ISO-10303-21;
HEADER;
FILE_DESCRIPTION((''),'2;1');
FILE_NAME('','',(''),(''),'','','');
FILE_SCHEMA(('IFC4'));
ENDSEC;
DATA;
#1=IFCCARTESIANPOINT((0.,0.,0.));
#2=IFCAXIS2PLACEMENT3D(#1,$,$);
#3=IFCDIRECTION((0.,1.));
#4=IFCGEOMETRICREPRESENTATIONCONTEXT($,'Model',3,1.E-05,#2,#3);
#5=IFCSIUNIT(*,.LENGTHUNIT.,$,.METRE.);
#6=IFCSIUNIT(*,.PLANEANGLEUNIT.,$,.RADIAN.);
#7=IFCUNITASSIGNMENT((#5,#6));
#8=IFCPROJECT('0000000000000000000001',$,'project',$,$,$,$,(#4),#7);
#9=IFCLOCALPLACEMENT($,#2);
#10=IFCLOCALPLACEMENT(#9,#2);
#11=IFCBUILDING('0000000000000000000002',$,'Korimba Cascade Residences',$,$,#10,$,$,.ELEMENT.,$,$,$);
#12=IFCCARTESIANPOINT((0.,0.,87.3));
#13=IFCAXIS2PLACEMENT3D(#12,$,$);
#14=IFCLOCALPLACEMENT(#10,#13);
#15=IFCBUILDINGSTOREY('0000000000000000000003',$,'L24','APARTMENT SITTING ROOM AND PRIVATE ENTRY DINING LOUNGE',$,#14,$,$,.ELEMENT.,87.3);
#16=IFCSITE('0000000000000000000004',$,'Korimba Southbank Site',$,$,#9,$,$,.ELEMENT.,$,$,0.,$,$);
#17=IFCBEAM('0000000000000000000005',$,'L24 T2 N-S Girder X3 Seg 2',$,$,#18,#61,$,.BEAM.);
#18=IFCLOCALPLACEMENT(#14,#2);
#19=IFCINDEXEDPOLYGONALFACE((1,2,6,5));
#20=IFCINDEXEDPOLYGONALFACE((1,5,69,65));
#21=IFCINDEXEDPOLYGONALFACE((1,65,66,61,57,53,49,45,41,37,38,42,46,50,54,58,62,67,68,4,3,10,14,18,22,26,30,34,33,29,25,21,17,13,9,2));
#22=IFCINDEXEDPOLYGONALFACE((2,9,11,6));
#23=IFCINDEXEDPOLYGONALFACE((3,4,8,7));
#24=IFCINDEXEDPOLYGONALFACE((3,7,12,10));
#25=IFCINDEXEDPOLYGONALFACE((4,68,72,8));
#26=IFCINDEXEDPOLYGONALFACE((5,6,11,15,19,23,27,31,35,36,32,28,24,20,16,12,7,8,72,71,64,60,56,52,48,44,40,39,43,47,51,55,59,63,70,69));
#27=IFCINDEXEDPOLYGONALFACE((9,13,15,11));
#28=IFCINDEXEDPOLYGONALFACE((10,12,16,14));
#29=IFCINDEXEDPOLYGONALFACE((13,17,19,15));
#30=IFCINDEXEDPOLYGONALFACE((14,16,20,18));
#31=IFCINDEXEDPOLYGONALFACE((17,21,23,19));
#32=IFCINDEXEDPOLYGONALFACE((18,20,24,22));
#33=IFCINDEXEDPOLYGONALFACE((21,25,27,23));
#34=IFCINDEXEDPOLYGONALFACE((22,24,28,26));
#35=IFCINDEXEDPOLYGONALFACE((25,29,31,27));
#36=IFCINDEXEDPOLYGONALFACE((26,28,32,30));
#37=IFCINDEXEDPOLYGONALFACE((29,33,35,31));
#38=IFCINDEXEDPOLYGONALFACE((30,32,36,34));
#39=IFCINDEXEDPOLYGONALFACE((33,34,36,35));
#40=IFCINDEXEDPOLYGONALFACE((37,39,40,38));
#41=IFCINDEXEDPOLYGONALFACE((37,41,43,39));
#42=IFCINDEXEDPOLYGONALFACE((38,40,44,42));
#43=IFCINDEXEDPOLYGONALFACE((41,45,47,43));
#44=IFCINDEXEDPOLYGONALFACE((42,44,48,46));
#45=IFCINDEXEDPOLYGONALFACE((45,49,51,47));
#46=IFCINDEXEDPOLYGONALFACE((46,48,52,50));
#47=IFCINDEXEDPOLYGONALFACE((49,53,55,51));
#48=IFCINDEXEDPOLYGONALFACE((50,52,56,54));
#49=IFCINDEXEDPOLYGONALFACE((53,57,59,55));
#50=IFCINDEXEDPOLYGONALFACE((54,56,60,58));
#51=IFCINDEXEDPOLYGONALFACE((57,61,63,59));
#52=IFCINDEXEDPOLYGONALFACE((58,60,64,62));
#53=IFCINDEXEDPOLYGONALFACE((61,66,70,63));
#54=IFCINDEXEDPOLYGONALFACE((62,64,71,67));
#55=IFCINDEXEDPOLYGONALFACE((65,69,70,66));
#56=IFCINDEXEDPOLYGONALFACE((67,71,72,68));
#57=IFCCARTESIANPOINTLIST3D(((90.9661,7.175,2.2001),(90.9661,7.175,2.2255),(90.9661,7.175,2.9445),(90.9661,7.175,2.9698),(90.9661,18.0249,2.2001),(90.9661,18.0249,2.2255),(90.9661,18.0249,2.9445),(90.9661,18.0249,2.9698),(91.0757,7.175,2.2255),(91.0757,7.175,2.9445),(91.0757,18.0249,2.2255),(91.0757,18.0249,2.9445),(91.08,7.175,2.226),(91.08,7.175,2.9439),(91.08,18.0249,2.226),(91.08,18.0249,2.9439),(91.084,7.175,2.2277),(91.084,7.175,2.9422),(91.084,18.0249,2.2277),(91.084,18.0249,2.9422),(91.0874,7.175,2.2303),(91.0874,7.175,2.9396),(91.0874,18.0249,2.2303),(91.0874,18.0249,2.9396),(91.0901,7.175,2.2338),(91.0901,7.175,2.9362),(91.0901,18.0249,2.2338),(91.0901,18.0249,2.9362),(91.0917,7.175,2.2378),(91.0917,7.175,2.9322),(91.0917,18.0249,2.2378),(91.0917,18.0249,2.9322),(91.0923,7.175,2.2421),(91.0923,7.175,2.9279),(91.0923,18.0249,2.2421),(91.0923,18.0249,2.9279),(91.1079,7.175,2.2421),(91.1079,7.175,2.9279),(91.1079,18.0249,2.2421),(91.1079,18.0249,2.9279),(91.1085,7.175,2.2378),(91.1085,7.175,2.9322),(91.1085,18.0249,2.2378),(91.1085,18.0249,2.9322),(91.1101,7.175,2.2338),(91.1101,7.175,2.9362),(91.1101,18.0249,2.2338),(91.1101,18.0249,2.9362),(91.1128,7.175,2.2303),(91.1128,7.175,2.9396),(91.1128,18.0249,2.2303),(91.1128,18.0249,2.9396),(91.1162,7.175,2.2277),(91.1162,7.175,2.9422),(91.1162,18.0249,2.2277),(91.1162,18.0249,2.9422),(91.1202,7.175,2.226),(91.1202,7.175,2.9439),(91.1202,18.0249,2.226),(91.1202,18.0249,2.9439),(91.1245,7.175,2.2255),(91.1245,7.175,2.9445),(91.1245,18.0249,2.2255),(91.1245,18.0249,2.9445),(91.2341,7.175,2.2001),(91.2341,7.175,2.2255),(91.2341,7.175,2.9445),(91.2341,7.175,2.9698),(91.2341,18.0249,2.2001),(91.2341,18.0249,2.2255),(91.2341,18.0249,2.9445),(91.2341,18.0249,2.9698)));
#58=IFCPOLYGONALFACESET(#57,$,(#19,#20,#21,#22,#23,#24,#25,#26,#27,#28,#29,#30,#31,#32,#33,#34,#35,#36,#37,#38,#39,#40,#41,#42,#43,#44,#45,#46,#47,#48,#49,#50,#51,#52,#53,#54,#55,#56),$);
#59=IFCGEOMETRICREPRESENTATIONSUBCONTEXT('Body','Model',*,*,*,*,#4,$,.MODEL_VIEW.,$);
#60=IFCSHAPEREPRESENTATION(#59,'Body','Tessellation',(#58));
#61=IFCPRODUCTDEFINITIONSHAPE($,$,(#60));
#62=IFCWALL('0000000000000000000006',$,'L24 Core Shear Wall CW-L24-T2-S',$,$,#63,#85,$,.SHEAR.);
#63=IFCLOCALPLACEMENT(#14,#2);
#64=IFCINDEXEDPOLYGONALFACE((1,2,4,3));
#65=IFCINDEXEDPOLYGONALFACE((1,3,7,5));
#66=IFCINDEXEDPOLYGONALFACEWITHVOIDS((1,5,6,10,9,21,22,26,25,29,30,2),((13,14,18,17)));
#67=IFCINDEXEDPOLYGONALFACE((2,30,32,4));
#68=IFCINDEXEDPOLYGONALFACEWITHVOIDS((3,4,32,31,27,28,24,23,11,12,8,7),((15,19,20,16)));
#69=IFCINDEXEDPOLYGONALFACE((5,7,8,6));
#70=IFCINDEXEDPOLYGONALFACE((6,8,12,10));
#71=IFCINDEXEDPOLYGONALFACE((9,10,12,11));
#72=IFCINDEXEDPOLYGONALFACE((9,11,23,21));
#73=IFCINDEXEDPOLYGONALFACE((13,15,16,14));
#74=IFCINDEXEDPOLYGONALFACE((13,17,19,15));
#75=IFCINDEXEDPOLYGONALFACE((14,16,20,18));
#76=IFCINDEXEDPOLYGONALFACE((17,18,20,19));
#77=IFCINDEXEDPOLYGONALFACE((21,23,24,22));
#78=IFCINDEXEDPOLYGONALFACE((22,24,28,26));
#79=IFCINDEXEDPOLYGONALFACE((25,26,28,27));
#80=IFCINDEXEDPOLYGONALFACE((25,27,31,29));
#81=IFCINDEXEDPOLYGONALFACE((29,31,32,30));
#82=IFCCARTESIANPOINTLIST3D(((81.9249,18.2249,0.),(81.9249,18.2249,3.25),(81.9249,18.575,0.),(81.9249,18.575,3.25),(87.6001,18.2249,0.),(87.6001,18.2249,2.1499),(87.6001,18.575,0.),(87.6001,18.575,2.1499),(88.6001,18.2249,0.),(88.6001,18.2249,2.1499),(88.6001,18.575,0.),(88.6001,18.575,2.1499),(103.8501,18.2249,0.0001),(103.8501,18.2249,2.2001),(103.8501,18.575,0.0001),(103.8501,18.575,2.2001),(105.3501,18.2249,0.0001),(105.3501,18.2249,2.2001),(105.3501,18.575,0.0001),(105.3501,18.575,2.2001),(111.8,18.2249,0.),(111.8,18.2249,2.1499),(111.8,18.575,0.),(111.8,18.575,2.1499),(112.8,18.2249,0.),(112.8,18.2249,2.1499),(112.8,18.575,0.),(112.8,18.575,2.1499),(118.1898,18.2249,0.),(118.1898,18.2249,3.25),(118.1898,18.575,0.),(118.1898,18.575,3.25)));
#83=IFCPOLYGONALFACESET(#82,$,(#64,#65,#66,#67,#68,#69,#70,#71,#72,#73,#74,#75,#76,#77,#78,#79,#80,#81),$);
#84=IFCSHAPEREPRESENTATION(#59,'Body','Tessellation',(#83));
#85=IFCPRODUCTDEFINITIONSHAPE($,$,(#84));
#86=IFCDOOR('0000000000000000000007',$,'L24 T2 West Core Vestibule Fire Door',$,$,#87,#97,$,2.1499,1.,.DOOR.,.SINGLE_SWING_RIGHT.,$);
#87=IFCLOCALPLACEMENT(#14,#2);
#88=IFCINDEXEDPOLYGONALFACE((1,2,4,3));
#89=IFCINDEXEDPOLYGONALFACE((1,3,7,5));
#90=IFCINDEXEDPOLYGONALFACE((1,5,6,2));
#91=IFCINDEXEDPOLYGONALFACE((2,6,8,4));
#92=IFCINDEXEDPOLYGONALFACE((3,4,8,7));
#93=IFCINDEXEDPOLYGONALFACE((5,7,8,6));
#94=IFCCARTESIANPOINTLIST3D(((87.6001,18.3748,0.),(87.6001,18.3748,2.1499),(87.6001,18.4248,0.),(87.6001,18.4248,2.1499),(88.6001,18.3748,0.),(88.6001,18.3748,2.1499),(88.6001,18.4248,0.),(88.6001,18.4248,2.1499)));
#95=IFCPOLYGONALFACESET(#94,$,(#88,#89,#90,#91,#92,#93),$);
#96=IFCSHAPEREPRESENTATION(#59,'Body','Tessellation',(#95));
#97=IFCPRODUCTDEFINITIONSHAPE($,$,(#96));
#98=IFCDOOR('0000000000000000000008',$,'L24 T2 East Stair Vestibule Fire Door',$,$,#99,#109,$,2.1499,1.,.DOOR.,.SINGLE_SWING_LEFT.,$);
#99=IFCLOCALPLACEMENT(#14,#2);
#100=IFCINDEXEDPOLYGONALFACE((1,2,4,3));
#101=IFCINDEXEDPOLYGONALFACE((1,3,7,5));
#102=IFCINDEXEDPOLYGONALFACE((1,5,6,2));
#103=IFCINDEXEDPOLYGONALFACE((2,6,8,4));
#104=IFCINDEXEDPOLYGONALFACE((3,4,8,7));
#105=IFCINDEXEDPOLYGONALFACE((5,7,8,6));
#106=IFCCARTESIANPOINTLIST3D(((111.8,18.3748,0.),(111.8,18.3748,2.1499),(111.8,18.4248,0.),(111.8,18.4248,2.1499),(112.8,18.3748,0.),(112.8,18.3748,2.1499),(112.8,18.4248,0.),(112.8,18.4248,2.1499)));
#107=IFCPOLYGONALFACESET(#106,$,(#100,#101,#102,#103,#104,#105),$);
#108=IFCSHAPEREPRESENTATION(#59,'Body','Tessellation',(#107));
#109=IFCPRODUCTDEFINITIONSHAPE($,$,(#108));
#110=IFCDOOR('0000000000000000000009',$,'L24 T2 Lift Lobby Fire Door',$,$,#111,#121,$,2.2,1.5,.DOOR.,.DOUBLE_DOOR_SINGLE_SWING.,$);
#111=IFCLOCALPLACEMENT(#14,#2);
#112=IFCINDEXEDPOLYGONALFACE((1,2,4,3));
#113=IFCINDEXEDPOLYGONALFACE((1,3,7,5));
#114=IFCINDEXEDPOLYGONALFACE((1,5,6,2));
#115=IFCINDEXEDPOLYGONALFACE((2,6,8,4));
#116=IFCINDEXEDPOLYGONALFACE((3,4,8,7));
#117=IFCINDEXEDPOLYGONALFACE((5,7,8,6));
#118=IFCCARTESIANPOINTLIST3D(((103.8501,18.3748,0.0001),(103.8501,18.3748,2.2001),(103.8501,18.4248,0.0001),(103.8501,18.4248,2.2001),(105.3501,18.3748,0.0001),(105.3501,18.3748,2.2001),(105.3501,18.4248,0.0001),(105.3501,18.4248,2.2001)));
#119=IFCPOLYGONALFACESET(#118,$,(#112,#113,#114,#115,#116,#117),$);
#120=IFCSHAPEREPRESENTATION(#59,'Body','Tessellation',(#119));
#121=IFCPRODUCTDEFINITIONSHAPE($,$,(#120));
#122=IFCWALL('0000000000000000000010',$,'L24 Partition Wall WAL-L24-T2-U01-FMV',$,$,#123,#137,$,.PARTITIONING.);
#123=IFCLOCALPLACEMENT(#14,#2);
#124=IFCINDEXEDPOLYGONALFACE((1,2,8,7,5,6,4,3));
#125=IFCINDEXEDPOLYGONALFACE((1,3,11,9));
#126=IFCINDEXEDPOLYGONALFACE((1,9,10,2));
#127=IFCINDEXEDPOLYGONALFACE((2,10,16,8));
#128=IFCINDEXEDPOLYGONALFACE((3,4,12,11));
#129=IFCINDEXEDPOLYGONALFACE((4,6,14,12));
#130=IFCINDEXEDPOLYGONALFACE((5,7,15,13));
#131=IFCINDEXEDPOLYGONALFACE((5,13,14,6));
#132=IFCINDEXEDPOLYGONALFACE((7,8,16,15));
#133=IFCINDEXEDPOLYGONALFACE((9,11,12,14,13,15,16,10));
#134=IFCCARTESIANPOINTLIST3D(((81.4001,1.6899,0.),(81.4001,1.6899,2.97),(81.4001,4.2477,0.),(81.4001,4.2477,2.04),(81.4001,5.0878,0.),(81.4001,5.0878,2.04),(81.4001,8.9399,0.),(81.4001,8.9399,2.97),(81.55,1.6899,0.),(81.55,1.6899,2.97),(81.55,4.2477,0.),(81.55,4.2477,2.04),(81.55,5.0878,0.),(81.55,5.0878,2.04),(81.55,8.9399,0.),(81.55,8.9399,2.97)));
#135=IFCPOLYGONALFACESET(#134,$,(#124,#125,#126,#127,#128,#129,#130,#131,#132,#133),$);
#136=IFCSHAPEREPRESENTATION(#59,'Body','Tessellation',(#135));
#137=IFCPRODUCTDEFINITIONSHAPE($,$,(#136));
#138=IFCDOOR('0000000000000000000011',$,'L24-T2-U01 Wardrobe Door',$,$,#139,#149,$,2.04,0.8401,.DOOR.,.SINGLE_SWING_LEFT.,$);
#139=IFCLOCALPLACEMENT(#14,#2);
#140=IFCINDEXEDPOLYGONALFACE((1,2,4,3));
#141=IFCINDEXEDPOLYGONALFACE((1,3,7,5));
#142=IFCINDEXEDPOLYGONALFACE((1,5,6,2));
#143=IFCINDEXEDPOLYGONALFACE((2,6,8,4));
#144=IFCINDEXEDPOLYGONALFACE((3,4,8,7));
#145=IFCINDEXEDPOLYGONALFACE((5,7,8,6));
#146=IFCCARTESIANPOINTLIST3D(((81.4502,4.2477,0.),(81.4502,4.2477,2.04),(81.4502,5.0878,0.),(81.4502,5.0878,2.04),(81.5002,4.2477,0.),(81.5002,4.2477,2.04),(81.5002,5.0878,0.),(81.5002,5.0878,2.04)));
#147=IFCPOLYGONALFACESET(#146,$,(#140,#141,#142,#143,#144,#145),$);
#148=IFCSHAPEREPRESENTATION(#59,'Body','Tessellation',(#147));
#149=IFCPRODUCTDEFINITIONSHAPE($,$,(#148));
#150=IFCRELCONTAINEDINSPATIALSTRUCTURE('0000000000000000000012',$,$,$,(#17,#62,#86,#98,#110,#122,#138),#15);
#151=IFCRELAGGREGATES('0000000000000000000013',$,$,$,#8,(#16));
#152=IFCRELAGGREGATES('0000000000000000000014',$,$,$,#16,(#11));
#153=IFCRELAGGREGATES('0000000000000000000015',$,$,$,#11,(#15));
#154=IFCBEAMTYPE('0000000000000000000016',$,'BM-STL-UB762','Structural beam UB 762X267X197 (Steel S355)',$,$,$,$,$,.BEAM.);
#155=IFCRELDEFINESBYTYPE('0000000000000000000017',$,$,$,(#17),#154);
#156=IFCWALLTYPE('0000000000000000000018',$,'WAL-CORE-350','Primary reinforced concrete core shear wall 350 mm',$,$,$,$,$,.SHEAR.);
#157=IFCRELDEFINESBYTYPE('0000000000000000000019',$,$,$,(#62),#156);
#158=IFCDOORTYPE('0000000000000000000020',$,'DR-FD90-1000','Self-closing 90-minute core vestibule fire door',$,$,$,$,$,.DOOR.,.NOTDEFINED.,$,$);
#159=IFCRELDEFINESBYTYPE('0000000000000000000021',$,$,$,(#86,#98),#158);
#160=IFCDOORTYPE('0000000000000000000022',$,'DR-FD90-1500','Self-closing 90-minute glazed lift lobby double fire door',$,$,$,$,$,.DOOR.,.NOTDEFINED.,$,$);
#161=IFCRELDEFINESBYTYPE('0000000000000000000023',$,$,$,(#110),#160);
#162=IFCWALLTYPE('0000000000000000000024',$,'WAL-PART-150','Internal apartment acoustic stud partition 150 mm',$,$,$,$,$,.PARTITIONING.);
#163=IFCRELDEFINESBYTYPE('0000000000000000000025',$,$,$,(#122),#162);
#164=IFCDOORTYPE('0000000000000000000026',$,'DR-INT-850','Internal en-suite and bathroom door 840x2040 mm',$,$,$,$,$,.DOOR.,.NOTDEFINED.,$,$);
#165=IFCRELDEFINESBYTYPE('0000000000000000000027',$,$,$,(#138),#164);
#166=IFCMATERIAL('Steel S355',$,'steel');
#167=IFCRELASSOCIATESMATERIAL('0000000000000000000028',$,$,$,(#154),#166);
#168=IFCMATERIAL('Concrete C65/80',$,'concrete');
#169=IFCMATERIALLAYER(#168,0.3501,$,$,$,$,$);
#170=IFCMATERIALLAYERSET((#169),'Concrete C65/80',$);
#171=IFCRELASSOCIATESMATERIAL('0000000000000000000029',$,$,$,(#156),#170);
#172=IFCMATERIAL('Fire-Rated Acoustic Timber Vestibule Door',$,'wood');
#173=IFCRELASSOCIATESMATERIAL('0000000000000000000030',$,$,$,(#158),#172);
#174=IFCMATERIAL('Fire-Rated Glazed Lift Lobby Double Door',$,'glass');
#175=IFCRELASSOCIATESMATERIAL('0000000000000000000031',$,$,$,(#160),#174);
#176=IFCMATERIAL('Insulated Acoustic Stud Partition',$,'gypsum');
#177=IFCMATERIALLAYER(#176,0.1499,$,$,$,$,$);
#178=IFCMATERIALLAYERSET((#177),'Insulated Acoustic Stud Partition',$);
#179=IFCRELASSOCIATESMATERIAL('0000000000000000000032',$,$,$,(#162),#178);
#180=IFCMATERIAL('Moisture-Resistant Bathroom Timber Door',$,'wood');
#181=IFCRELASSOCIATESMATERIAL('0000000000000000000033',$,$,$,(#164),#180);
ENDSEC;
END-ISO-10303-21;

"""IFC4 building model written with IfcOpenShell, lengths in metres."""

from ifc_helpers import new_model, si_unit, direction, frame, frame_2d, origin, origin_2d, place, context, subcontext, project, spatial, rectangle, i_section, extrude, material, layer, layer_set, material_profile, profile_set, type_object, element, fill, save


model = new_model("IFC4")

# Units and contexts
model_context = context("Model", 3, precision=1e-05, world=origin(), true_north=direction((0.0, 1.0)))
body_context = subcontext(model_context, "Body", "Model", "MODEL_VIEW")
ifc_project = project(units=[si_unit("LENGTHUNIT", "METRE"), si_unit("PLANEANGLEUNIT", "RADIAN")], contexts=[model_context])

# Site, building, storey
site_placement = place(None, origin())
site = spatial("IfcSite", under=ifc_project, at=site_placement, Name="Korimba Southbank Site", CompositionType="ELEMENT", RefElevation=0.0)
building_placement = place(site_placement, origin())
building = spatial("IfcBuilding", under=site, at=building_placement, Name="Korimba Cascade Residences", CompositionType="ELEMENT")
storey_placement = place(building_placement, frame((0.0, 0.0, 87.3)))
storey = spatial("IfcBuildingStorey", under=building, at=storey_placement, Name="L24", Description="APARTMENT SITTING ROOM AND PRIVATE ENTRY DINING LOUNGE", CompositionType="ELEMENT", Elevation=87.3)

# Shared definitions
ifc_material_1 = material(Name="Concrete C65/80", Category="concrete")

# Beam
ifc_material_2 = material(Name="Steel S355", Category="steel")
ifc_material_profile_1 = material_profile(ifc_material_2, i_section(OverallWidth=0.2681, OverallDepth=0.7698, WebThickness=0.0156, FlangeThickness=0.0254, FilletRadius=0.0166, at=origin_2d()), Name="Steel S355")
ifc_profile_set_1 = profile_set([ifc_material_profile_1], Name="Steel S355")
beam_type_1 = type_object("IfcBeamType", Name="BM-STL-UB762", Description="Structural beam UB 762X267X197 (Steel S355)", PredefinedType="BEAM", material=ifc_profile_set_1)
for number, where, z_axis, x_axis, name in (
    (1, (91.1001, 7.175, 2.585), (0.0, 1.0, 0.0), (-1.0, 0.0, 0.0), "L24 T2 N-S Girder X3 Seg 2"),
):
    element("IfcBeam", number, at=place(storey_placement, frame(where, z_axis=z_axis, x_axis=x_axis)), inside=storey, type_object=beam_type_1, Name=name, PredefinedType="BEAM", context=body_context, shape_type="SweptSolid", body=[
        extrude(i_section(OverallWidth=0.2681, OverallDepth=0.7698, WebThickness=0.0156, FlangeThickness=0.0254, FilletRadius=0.0166, at=origin_2d()), origin(), (0.0, 0.0, 1.0), 10.8499),
    ])

# Wall, openings, doors
ifc_layer_1 = layer(ifc_material_1, 0.3501)
ifc_layer_set_1 = layer_set([ifc_layer_1], Name="Concrete C65/80")
wall_type_1 = type_object("IfcWallType", Name="WAL-CORE-350", Description="Primary reinforced concrete core shear wall 350 mm", PredefinedType="SHEAR", material=ifc_layer_set_1)
wall_1_placement = place(storey_placement, frame((81.925, 18.3999, 0.0), z_axis=(0.0, 0.0, 1.0), x_axis=(1.0, 0.0, 0.0)))
wall_1 = element("IfcWall", 2, at=wall_1_placement, inside=storey, type_object=wall_type_1, Name="L24 Core Shear Wall CW-L24-T2-S", PredefinedType="SHEAR", context=body_context, shape_type="SweptSolid", body=[
    extrude(rectangle(XDim=36.2649, YDim=0.3501, at=frame_2d((18.1323, 0.0))), origin(), (0.0, 0.0, 1.0), 3.25),
])
opening_1_placement = place(wall_1_placement, frame((5.675, 0.0, 0.0)))
opening_1 = element("IfcOpeningElement", 3, at=opening_1_placement, cuts=wall_1, PredefinedType="OPENING", context=body_context, shape_type="SweptSolid", body=[
    extrude(rectangle(XDim=1.0, YDim=2.1499, at=frame_2d((0.5, 1.075))), frame((0.0, 0.1851, 0.0), z_axis=(0.0, -1.0, 0.0), x_axis=(1.0, 0.0, 0.0)), (0.0, 0.0, 1.0), 0.3701),
])
opening_2_placement = place(wall_1_placement, frame((21.925, 0.0, 0.0)))
opening_2 = element("IfcOpeningElement", 4, at=opening_2_placement, cuts=wall_1, PredefinedType="OPENING", context=body_context, shape_type="SweptSolid", body=[
    extrude(rectangle(XDim=1.5, YDim=2.2, at=frame_2d((0.75, 1.1001))), frame((0.0, 0.1851, 0.0), z_axis=(0.0, -1.0, 0.0), x_axis=(1.0, 0.0, 0.0)), (0.0, 0.0, 1.0), 0.3701),
])
opening_3_placement = place(wall_1_placement, frame((29.875, 0.0, 0.0)))
opening_3 = element("IfcOpeningElement", 5, at=opening_3_placement, cuts=wall_1, PredefinedType="OPENING", context=body_context, shape_type="SweptSolid", body=[
    extrude(rectangle(XDim=1.0, YDim=2.1499, at=frame_2d((0.5, 1.075))), frame((0.0, 0.1851, 0.0), z_axis=(0.0, -1.0, 0.0), x_axis=(1.0, 0.0, 0.0)), (0.0, 0.0, 1.0), 0.3701),
])
ifc_material_3 = material(Name="Fire-Rated Acoustic Timber Vestibule Door", Category="wood")
door_type_1 = type_object("IfcDoorType", Name="DR-FD90-1000", Description="Self-closing 90-minute core vestibule fire door", OperationType="NOTDEFINED", PredefinedType="DOOR", material=ifc_material_3)
door_1_placement = place(opening_1_placement, origin())
door_1 = element("IfcDoor", 6, at=door_1_placement, inside=storey, type_object=door_type_1, Name="L24 T2 West Core Vestibule Fire Door", OperationType="SINGLE_SWING_RIGHT", OverallHeight=2.1499, OverallWidth=1.0, PredefinedType="DOOR", context=body_context, shape_type="SweptSolid", body=[
    extrude(rectangle(XDim=1.0, YDim=2.1499, at=frame_2d((0.5, 1.075))), frame((0.0, 0.0249, 0.0), z_axis=(0.0, -1.0, 0.0), x_axis=(1.0, 0.0, 0.0)), (0.0, 0.0, 1.0), 0.05),
])
fill(opening_1, door_1)
door_2_placement = place(opening_3_placement, origin())
door_2 = element("IfcDoor", 7, at=door_2_placement, inside=storey, type_object=door_type_1, Name="L24 T2 East Stair Vestibule Fire Door", OperationType="SINGLE_SWING_LEFT", OverallHeight=2.1499, OverallWidth=1.0, PredefinedType="DOOR", context=body_context, shape_type="SweptSolid", body=[
    extrude(rectangle(XDim=1.0, YDim=2.1499, at=frame_2d((0.5, 1.075))), frame((0.0, 0.0249, 0.0), z_axis=(0.0, -1.0, 0.0), x_axis=(1.0, 0.0, 0.0)), (0.0, 0.0, 1.0), 0.05),
])
fill(opening_3, door_2)
ifc_material_4 = material(Name="Fire-Rated Glazed Lift Lobby Double Door", Category="glass")
door_type_2 = type_object("IfcDoorType", Name="DR-FD90-1500", Description="Self-closing 90-minute glazed lift lobby double fire door", OperationType="NOTDEFINED", PredefinedType="DOOR", material=ifc_material_4)
door_3_placement = place(opening_2_placement, origin())
door_3 = element("IfcDoor", 8, at=door_3_placement, inside=storey, type_object=door_type_2, Name="L24 T2 Lift Lobby Fire Door", OperationType="DOUBLE_DOOR_SINGLE_SWING", OverallHeight=2.2, OverallWidth=1.5, PredefinedType="DOOR", context=body_context, shape_type="SweptSolid", body=[
    extrude(rectangle(XDim=1.5, YDim=2.2, at=frame_2d((0.75, 1.1001))), frame((0.0, 0.0249, 0.0), z_axis=(0.0, -1.0, 0.0), x_axis=(1.0, 0.0, 0.0)), (0.0, 0.0, 1.0), 0.05),
])
fill(opening_2, door_3)

# Wall, opening, door
ifc_material_5 = material(Name="Insulated Acoustic Stud Partition", Category="gypsum")
ifc_layer_2 = layer(ifc_material_5, 0.1499)
ifc_layer_set_2 = layer_set([ifc_layer_2], Name="Insulated Acoustic Stud Partition")
wall_type_2 = type_object("IfcWallType", Name="WAL-PART-150", Description="Internal apartment acoustic stud partition 150 mm", PredefinedType="PARTITIONING", material=ifc_layer_set_2)
wall_2_placement = place(storey_placement, frame((81.4751, 1.6899, 0.0), z_axis=(0.0, 0.0, 1.0), x_axis=(0.0, 1.0, 0.0)))
wall_2 = element("IfcWall", 9, at=wall_2_placement, inside=storey, type_object=wall_type_2, Name="L24 Partition Wall WAL-L24-T2-U01-FMV", PredefinedType="PARTITIONING", context=body_context, shape_type="SweptSolid", body=[
    extrude(rectangle(XDim=7.25, YDim=0.1499, at=frame_2d((3.625, 0.0))), origin(), (0.0, 0.0, 1.0), 2.97),
])
opening_4_placement = place(wall_2_placement, frame((2.5579, 0.0, 0.0)))
opening_4 = element("IfcOpeningElement", 10, at=opening_4_placement, cuts=wall_2, PredefinedType="OPENING", context=body_context, shape_type="SweptSolid", body=[
    extrude(rectangle(XDim=0.8401, YDim=2.04, at=frame_2d((0.4199, 1.02))), frame((0.0, 0.085, 0.0), z_axis=(0.0, -1.0, 0.0), x_axis=(1.0, 0.0, 0.0)), (0.0, 0.0, 1.0), 0.1699),
])
ifc_material_6 = material(Name="Moisture-Resistant Bathroom Timber Door", Category="wood")
door_type_3 = type_object("IfcDoorType", Name="DR-INT-850", Description="Internal en-suite and bathroom door 840x2040 mm", OperationType="NOTDEFINED", PredefinedType="DOOR", material=ifc_material_6)
door_4_placement = place(opening_4_placement, origin())
door_4 = element("IfcDoor", 11, at=door_4_placement, inside=storey, type_object=door_type_3, Name="L24-T2-U01 Wardrobe Door", OperationType="SINGLE_SWING_LEFT", OverallHeight=2.04, OverallWidth=0.8401, PredefinedType="DOOR", context=body_context, shape_type="SweptSolid", body=[
    extrude(rectangle(XDim=0.8401, YDim=2.04, at=frame_2d((0.4199, 1.02))), frame((0.0, 0.0249, 0.0), z_axis=(0.0, -1.0, 0.0), x_axis=(1.0, 0.0, 0.0)), (0.0, 0.0, 1.0), 0.05),
])
fill(opening_4, door_4)

save(model, "model.ifc")
